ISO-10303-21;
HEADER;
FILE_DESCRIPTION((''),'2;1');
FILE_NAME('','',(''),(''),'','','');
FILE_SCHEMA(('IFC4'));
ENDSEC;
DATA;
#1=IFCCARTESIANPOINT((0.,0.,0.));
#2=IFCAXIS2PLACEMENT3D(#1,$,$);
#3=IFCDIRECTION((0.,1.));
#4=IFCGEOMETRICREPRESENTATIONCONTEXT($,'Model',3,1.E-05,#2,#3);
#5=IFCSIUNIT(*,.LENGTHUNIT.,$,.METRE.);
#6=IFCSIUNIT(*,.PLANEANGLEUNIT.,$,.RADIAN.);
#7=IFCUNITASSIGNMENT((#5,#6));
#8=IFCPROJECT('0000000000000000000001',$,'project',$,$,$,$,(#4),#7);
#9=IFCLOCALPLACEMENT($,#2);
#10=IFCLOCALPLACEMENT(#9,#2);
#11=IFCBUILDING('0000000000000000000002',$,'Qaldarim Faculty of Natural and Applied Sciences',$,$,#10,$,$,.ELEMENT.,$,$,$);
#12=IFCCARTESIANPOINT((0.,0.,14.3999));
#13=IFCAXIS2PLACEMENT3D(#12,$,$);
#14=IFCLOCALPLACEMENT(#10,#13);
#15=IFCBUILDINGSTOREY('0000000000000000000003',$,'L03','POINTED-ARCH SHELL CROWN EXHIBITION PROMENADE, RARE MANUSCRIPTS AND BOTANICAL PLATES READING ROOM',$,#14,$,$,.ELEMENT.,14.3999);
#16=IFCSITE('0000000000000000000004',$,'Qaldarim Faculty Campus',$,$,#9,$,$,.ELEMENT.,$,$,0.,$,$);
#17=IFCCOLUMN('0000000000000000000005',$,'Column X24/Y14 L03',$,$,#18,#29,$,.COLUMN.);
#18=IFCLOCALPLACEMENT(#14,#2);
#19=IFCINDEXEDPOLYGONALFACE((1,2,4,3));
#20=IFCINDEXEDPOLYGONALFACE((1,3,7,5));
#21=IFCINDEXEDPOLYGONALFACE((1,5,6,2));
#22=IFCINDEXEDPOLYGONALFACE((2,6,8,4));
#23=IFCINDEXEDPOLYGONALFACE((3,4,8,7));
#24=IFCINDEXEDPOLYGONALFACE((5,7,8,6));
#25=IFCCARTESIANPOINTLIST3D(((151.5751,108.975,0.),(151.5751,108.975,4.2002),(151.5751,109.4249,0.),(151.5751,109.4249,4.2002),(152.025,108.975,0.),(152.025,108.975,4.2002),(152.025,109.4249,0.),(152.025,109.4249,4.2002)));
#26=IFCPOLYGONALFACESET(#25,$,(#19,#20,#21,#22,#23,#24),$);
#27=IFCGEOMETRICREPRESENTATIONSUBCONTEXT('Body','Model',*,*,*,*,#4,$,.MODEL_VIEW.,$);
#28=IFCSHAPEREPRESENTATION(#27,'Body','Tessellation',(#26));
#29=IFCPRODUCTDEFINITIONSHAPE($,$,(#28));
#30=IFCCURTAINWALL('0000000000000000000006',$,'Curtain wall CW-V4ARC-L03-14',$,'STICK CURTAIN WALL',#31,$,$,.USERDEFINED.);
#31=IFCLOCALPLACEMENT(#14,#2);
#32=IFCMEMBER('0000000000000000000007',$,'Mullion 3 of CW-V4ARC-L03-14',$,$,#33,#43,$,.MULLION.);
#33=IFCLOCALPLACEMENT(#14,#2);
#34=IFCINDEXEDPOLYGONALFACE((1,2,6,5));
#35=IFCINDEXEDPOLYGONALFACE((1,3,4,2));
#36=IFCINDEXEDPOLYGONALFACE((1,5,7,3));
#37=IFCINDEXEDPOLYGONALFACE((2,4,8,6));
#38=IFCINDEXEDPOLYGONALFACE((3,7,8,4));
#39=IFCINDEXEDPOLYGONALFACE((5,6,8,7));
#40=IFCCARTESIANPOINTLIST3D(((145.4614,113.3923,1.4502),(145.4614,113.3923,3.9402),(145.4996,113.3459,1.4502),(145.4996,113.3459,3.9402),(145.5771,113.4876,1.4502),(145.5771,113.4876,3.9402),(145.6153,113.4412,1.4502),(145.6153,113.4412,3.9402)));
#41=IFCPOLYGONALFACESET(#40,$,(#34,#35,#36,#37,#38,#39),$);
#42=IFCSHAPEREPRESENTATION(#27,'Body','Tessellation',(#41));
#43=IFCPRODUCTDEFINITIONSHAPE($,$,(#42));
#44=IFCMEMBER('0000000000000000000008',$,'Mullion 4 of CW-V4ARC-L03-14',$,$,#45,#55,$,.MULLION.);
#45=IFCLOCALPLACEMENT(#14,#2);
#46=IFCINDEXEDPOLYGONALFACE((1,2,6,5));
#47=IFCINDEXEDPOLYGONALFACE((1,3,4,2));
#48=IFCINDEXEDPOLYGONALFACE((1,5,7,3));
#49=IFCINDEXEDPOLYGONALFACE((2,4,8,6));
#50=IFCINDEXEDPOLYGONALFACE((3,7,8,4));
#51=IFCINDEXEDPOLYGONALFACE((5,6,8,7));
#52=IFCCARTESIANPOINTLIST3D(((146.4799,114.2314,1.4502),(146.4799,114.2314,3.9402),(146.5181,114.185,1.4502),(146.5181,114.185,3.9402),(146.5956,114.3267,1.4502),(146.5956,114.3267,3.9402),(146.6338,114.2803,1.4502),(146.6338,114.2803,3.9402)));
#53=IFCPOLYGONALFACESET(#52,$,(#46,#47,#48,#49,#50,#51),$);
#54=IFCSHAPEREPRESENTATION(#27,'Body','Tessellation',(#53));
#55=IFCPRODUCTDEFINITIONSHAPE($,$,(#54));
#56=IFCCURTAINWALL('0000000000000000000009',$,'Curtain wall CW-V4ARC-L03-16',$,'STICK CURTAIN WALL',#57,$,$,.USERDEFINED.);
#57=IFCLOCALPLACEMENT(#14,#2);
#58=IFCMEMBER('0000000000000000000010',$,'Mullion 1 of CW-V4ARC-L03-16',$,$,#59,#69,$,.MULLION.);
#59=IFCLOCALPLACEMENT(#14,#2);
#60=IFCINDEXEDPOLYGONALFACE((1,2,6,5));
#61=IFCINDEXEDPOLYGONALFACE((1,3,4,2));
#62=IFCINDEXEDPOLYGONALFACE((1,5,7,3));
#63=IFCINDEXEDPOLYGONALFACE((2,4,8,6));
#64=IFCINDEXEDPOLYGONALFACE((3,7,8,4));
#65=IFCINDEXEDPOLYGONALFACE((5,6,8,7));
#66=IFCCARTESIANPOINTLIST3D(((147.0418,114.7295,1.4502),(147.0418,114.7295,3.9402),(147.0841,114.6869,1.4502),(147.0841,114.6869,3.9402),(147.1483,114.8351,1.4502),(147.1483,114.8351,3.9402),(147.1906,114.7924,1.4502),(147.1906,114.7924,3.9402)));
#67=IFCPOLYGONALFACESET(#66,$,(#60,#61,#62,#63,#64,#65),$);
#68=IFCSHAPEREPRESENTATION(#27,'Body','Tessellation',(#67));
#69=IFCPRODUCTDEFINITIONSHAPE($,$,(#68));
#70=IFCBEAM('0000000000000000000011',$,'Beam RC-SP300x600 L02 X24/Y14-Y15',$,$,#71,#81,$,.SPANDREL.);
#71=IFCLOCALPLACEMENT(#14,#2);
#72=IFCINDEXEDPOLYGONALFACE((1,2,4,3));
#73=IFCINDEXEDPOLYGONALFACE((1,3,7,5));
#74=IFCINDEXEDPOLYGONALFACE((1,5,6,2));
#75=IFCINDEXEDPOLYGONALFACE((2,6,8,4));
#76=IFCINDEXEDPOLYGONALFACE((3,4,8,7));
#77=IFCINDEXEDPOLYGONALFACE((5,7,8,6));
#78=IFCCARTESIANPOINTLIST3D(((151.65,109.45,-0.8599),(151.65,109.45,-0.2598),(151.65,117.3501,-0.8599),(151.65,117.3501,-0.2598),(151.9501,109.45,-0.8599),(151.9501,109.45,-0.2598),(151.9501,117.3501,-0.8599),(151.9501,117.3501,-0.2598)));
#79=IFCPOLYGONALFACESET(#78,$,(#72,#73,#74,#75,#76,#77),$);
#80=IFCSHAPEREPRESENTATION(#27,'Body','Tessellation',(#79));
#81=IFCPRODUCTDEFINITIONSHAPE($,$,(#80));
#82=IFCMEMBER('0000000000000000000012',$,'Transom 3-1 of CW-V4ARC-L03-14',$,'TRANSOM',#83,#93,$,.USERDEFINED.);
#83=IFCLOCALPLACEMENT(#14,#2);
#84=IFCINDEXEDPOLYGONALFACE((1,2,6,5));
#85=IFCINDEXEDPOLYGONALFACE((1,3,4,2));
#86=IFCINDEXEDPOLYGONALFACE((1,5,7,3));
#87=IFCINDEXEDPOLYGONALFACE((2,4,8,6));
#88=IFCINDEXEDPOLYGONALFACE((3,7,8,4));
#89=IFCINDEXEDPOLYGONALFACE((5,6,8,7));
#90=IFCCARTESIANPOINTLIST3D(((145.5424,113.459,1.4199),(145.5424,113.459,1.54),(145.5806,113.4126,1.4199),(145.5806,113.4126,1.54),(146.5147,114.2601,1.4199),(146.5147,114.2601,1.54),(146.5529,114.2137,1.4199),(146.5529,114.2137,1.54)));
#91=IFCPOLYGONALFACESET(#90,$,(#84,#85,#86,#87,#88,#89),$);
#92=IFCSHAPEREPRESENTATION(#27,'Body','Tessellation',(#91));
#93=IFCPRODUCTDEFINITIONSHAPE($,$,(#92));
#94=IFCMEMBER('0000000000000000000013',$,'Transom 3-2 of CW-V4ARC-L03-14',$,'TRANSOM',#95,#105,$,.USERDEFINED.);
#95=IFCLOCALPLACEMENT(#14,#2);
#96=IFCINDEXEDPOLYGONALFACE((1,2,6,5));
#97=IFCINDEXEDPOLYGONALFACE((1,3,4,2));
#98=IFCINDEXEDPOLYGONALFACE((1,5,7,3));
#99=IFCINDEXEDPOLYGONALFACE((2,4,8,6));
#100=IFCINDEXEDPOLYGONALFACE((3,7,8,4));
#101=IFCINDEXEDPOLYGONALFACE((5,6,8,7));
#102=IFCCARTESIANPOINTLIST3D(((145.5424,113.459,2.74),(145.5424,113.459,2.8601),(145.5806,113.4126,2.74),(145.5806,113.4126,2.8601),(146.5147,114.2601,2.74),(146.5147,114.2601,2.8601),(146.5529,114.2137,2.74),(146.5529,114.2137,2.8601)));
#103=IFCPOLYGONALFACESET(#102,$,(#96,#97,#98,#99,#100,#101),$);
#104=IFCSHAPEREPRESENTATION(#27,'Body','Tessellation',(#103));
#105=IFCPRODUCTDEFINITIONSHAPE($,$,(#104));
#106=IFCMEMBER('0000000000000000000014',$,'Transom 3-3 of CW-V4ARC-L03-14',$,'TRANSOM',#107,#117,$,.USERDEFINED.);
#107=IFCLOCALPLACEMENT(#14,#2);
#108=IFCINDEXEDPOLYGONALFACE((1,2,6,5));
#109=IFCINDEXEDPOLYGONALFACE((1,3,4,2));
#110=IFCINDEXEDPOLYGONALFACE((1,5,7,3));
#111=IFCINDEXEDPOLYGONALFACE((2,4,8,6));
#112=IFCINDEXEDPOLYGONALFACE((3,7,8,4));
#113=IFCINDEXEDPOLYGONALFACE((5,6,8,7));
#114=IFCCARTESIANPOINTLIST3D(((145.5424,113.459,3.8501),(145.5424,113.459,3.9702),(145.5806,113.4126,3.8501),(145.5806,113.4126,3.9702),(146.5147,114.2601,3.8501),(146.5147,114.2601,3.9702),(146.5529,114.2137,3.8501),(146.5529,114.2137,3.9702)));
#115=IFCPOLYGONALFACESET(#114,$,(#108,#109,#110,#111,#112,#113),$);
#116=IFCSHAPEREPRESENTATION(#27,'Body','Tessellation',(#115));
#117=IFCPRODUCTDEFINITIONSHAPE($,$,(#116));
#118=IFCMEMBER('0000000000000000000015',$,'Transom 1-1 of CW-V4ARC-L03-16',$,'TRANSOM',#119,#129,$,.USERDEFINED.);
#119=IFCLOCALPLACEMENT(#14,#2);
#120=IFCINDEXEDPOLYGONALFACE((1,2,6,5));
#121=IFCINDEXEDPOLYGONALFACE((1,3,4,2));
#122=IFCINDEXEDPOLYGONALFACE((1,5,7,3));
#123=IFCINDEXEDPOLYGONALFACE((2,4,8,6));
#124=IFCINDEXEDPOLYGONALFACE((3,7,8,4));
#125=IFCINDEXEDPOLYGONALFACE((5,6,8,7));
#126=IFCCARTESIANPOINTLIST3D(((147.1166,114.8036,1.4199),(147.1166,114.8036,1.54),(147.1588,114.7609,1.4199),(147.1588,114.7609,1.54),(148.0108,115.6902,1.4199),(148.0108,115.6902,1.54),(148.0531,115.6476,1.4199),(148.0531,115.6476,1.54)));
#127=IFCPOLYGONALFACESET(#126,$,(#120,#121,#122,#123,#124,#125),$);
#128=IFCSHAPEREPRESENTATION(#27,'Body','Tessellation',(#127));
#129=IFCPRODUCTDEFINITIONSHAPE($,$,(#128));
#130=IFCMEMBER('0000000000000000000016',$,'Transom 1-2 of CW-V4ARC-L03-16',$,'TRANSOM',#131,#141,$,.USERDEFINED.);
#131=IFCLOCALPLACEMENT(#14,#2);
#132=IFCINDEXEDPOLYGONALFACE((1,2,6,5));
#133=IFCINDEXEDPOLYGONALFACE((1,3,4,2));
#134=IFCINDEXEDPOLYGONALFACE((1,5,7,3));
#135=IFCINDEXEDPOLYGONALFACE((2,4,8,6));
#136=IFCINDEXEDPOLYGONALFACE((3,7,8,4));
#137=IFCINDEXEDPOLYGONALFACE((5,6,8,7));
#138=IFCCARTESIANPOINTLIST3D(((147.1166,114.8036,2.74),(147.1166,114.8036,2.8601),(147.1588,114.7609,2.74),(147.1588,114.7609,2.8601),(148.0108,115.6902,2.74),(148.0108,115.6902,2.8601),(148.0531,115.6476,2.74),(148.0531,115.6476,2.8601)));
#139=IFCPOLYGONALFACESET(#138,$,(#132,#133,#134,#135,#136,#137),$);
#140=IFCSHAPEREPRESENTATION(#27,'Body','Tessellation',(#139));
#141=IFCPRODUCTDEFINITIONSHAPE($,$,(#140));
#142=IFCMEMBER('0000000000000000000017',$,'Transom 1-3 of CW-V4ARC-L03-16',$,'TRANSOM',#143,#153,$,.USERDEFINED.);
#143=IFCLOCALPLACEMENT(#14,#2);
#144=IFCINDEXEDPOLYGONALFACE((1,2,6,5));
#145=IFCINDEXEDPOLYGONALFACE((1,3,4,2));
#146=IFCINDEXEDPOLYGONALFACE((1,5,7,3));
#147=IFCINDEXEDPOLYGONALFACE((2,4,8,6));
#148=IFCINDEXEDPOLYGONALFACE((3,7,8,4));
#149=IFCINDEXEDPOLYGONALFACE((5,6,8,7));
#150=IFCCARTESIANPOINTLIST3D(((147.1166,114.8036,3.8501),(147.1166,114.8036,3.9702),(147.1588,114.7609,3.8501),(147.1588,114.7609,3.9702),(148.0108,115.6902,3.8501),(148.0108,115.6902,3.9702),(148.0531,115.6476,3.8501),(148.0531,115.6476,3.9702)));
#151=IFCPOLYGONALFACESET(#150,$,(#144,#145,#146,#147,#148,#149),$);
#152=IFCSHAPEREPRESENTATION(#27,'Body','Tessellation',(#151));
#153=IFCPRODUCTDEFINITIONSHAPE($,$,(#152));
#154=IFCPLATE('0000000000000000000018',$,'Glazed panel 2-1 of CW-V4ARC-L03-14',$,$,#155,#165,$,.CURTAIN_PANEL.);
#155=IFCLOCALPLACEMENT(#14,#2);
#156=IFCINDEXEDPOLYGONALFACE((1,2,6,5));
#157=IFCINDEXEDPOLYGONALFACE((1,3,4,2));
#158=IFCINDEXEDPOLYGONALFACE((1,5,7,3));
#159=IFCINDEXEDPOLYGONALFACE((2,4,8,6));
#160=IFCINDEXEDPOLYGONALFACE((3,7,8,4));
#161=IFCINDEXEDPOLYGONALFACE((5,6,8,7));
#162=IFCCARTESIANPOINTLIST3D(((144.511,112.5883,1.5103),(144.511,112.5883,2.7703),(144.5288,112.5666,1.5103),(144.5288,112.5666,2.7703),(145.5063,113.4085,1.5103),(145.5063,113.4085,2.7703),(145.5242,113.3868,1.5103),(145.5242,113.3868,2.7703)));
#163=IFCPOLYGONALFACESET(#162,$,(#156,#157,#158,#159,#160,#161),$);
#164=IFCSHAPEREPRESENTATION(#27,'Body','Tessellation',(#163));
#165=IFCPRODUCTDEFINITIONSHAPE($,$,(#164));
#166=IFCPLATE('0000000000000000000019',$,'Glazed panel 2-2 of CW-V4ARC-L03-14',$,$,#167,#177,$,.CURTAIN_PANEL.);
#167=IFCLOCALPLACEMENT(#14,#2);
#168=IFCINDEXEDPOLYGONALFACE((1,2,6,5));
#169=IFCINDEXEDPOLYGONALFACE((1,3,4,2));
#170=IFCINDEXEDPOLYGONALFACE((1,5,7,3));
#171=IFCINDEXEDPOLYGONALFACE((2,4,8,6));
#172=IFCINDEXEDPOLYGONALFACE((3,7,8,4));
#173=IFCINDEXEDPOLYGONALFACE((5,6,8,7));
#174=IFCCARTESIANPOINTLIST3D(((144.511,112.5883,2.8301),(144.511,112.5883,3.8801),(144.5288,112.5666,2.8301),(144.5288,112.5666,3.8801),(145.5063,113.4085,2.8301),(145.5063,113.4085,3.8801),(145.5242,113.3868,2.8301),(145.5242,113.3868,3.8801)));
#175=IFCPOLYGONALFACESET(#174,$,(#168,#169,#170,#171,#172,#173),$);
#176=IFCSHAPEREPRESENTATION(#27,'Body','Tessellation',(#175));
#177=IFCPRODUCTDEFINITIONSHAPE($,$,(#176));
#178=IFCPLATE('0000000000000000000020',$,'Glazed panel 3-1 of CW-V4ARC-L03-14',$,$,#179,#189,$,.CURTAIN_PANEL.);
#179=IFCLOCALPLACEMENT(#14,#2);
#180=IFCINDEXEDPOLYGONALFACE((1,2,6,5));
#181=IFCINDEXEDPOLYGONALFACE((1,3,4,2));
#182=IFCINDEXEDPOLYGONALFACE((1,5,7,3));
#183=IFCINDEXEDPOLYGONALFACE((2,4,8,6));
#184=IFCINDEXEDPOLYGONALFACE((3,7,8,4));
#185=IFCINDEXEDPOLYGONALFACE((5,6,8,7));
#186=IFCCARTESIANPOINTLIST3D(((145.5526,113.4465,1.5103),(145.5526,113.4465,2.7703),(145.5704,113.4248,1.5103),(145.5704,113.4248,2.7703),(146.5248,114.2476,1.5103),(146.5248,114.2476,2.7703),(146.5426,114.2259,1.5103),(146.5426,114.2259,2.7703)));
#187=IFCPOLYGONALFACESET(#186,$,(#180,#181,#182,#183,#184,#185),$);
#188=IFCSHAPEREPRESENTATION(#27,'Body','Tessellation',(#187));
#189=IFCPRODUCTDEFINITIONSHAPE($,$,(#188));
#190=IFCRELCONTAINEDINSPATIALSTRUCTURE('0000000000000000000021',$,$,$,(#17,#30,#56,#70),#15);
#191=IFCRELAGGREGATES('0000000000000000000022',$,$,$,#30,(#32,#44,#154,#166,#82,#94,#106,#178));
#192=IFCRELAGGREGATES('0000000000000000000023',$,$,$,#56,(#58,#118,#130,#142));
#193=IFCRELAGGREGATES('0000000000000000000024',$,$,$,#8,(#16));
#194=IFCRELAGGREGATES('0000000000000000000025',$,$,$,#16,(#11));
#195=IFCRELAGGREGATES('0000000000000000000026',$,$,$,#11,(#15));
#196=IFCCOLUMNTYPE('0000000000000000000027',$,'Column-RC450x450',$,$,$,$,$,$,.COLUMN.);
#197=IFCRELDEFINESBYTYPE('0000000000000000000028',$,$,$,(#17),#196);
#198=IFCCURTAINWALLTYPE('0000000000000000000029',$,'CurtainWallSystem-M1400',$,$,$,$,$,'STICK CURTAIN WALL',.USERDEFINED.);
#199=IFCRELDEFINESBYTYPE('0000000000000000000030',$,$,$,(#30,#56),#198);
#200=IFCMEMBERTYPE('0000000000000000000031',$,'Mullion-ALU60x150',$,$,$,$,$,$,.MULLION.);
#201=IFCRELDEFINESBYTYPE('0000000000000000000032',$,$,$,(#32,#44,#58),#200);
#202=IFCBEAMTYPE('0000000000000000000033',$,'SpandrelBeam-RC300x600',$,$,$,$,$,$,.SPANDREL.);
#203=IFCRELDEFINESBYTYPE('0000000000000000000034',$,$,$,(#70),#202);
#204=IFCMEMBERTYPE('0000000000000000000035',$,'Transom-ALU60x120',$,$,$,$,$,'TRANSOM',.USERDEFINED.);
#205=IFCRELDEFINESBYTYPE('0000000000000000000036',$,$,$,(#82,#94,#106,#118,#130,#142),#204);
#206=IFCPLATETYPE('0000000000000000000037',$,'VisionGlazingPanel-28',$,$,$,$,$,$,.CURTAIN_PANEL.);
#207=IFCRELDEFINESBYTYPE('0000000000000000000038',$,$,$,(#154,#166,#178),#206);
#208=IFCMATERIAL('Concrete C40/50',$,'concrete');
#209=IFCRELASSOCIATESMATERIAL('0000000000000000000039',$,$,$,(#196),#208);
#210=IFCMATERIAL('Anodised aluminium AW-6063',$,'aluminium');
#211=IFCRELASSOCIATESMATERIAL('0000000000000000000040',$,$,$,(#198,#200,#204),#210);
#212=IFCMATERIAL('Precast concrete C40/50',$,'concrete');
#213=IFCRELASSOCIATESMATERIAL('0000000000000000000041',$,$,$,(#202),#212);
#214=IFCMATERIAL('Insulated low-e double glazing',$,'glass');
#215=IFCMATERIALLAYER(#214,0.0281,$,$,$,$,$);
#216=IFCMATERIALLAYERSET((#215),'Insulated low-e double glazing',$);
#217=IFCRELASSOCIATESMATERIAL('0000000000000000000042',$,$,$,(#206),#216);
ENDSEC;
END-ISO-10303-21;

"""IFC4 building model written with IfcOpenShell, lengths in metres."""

from ifc_helpers import new_model, si_unit, direction, frame, origin, origin_2d, place, context, subcontext, project, spatial, rectangle, extrude, material, layer, layer_set, material_profile, profile_set, type_object, element, aggregate, save


model = new_model("IFC4")

# Units and contexts
model_context = context("Model", 3, precision=1e-05, world=origin(), true_north=direction((0.0, 1.0)))
body_context = subcontext(model_context, "Body", "Model", "MODEL_VIEW")
ifc_project = project(units=[si_unit("LENGTHUNIT", "METRE"), si_unit("PLANEANGLEUNIT", "RADIAN")], contexts=[model_context])

# Site, building, storey
site_placement = place(None, origin())
site = spatial("IfcSite", under=ifc_project, at=site_placement, Name="Qaldarim Faculty Campus", CompositionType="ELEMENT", RefElevation=0.0)
building_placement = place(site_placement, origin())
building = spatial("IfcBuilding", under=site, at=building_placement, Name="Qaldarim Faculty of Natural and Applied Sciences", CompositionType="ELEMENT")
storey_placement = place(building_placement, frame((0.0, 0.0, 14.3999)))
storey = spatial("IfcBuildingStorey", under=building, at=storey_placement, Name="L03", Description="POINTED-ARCH SHELL CROWN EXHIBITION PROMENADE, RARE MANUSCRIPTS AND BOTANICAL PLATES READING ROOM", CompositionType="ELEMENT", Elevation=14.3999)

# Column
ifc_material_1 = material(Name="Concrete C40/50", Category="concrete")
ifc_material_profile_1 = material_profile(ifc_material_1, rectangle(XDim=0.45, YDim=0.45, at=origin_2d()), Name="RC-C450x450")
ifc_profile_set_1 = profile_set([ifc_material_profile_1], Name="Concrete C40/50")
column_type = type_object("IfcColumnType", Name="Column-RC450x450", PredefinedType="COLUMN", material=ifc_profile_set_1)
column_placement = place(storey_placement, frame((151.8, 109.2, 0.0), z_axis=(0.0, 0.0, 1.0), x_axis=(1.0, 0.0, 0.0)))
element("IfcColumn", 1, at=column_placement, inside=storey, type_object=column_type, Name="Column X24/Y14 L03", PredefinedType="COLUMN", context=body_context, shape_type="SweptSolid", body=[
    extrude(rectangle(XDim=0.45, YDim=0.45, at=origin_2d()), origin(), (0.0, 0.0, 1.0), 4.2002),
])

# Curtain wall, members
ifc_material_2 = material(Name="Anodised aluminium AW-6063", Category="aluminium")
curtain_wall_type = type_object("IfcCurtainWallType", Name="CurtainWallSystem-M1400", ElementType="STICK CURTAIN WALL", PredefinedType="USERDEFINED", material=ifc_material_2)
curtain_wall_1_placement = place(storey_placement, origin())
curtain_wall_1 = element("IfcCurtainWall", 2, at=curtain_wall_1_placement, inside=storey, type_object=curtain_wall_type, Name="Curtain wall CW-V4ARC-L03-14", ObjectType="STICK CURTAIN WALL", PredefinedType="USERDEFINED")
ifc_material_profile_2 = material_profile(ifc_material_2, rectangle(XDim=0.0601, YDim=0.1499, at=origin_2d()), Name="ALU-M60x150")
ifc_profile_set_2 = profile_set([ifc_material_profile_2], Name="Anodised aluminium AW-6063")
member_type_1 = type_object("IfcMemberType", Name="Mullion-ALU60x150", PredefinedType="MULLION", material=ifc_profile_set_2)
member_1_placement = place(storey_placement, frame((145.5383, 113.4167, 1.4502), z_axis=(0.0, 0.0, 1.0), x_axis=(-0.63593, 0.771747, 0.0)))
member_1 = element("IfcMember", 3, at=member_1_placement, type_object=member_type_1, Name="Mullion 3 of CW-V4ARC-L03-14", PredefinedType="MULLION", context=body_context, shape_type="SweptSolid", body=[
    extrude(rectangle(XDim=0.0601, YDim=0.1499, at=origin_2d()), origin(), (0.0, 0.0, 1.0), 2.49),
])
member_2_placement = place(storey_placement, frame((146.5569, 114.2559, 1.4502), z_axis=(0.0, 0.0, 1.0), x_axis=(-0.63593, 0.771747, 0.0)))
member_2 = element("IfcMember", 4, at=member_2_placement, type_object=member_type_1, Name="Mullion 4 of CW-V4ARC-L03-14", PredefinedType="MULLION", context=body_context, shape_type="SweptSolid", body=[
    extrude(rectangle(XDim=0.0601, YDim=0.1499, at=origin_2d()), origin(), (0.0, 0.0, 1.0), 2.49),
])

# Curtain wall, member
curtain_wall_2_placement = place(storey_placement, origin())
curtain_wall_2 = element("IfcCurtainWall", 5, at=curtain_wall_2_placement, inside=storey, type_object=curtain_wall_type, Name="Curtain wall CW-V4ARC-L03-16", ObjectType="STICK CURTAIN WALL", PredefinedType="USERDEFINED")
member_3_placement = place(storey_placement, frame((147.1162, 114.761, 1.4502), z_axis=(0.0, 0.0, 1.0), x_axis=(-0.704015, 0.710185, 0.0)))
member_3 = element("IfcMember", 6, at=member_3_placement, type_object=member_type_1, Name="Mullion 1 of CW-V4ARC-L03-16", PredefinedType="MULLION", context=body_context, shape_type="SweptSolid", body=[
    extrude(rectangle(XDim=0.0601, YDim=0.1499, at=origin_2d()), origin(), (0.0, 0.0, 1.0), 2.49),
])

# Beam
ifc_material_3 = material(Name="Precast concrete C40/50", Category="concrete")
ifc_material_profile_3 = material_profile(ifc_material_3, rectangle(XDim=0.3, YDim=0.6001, at=origin_2d()), Name="RC-SP300x600")
ifc_profile_set_3 = profile_set([ifc_material_profile_3], Name="Precast concrete C40/50")
beam_type = type_object("IfcBeamType", Name="SpandrelBeam-RC300x600", PredefinedType="SPANDREL", material=ifc_profile_set_3)
beam_placement = place(storey_placement, frame((151.8, 109.45, -0.5598), z_axis=(0.0, 1.0, 0.0), x_axis=(-1.0, 0.0, 0.0)))
element("IfcBeam", 7, at=beam_placement, inside=storey, type_object=beam_type, Name="Beam RC-SP300x600 L02 X24/Y14-Y15", PredefinedType="SPANDREL", context=body_context, shape_type="SweptSolid", body=[
    extrude(rectangle(XDim=0.3, YDim=0.6001, at=origin_2d()), origin(), (0.0, 0.0, 1.0), 7.9001),
])

# Members
ifc_material_profile_4 = material_profile(ifc_material_2, rectangle(XDim=0.0601, YDim=0.1201, at=origin_2d()), Name="ALU-T60x120")
ifc_profile_set_4 = profile_set([ifc_material_profile_4], Name="Anodised aluminium AW-6063")
member_type_2 = type_object("IfcMemberType", Name="Transom-ALU60x120", ElementType="TRANSOM", PredefinedType="USERDEFINED", material=ifc_profile_set_4)
member_4_placement = place(storey_placement, frame((145.5615, 113.4358, 1.48), z_axis=(0.771768, 0.635904, 0.0), x_axis=(-0.635904, 0.771768, 0.0)))
member_4 = element("IfcMember", 8, at=member_4_placement, type_object=member_type_2, Name="Transom 3-1 of CW-V4ARC-L03-14", ObjectType="TRANSOM", PredefinedType="USERDEFINED", context=body_context, shape_type="SweptSolid", body=[
    extrude(rectangle(XDim=0.0601, YDim=0.1201, at=origin_2d()), origin(), (0.0, 0.0, 1.0), 1.2598),
])
member_5_placement = place(storey_placement, frame((145.5615, 113.4358, 2.8), z_axis=(0.771768, 0.635904, 0.0), x_axis=(-0.635904, 0.771768, 0.0)))
member_5 = element("IfcMember", 9, at=member_5_placement, type_object=member_type_2, Name="Transom 3-2 of CW-V4ARC-L03-14", ObjectType="TRANSOM", PredefinedType="USERDEFINED", context=body_context, shape_type="SweptSolid", body=[
    extrude(rectangle(XDim=0.0601, YDim=0.1201, at=origin_2d()), origin(), (0.0, 0.0, 1.0), 1.2598),
])
member_6_placement = place(storey_placement, frame((145.5615, 113.4358, 3.9102), z_axis=(0.771768, 0.635904, 0.0), x_axis=(-0.635904, 0.771768, 0.0)))
member_6 = element("IfcMember", 10, at=member_6_placement, type_object=member_type_2, Name="Transom 3-3 of CW-V4ARC-L03-14", ObjectType="TRANSOM", PredefinedType="USERDEFINED", context=body_context, shape_type="SweptSolid", body=[
    extrude(rectangle(XDim=0.0601, YDim=0.1201, at=origin_2d()), origin(), (0.0, 0.0, 1.0), 1.2598),
])
member_7_placement = place(storey_placement, frame((147.1377, 114.7822, 1.48), z_axis=(0.710105, 0.704096, 0.0), x_axis=(-0.704096, 0.710105, 0.0)))
member_7 = element("IfcMember", 11, at=member_7_placement, type_object=member_type_2, Name="Transom 1-1 of CW-V4ARC-L03-16", ObjectType="TRANSOM", PredefinedType="USERDEFINED", context=body_context, shape_type="SweptSolid", body=[
    extrude(rectangle(XDim=0.0601, YDim=0.1201, at=origin_2d()), origin(), (0.0, 0.0, 1.0), 1.2593),
])
member_8_placement = place(storey_placement, frame((147.1377, 114.7822, 2.8), z_axis=(0.710105, 0.704096, 0.0), x_axis=(-0.704096, 0.710105, 0.0)))
member_8 = element("IfcMember", 12, at=member_8_placement, type_object=member_type_2, Name="Transom 1-2 of CW-V4ARC-L03-16", ObjectType="TRANSOM", PredefinedType="USERDEFINED", context=body_context, shape_type="SweptSolid", body=[
    extrude(rectangle(XDim=0.0601, YDim=0.1201, at=origin_2d()), origin(), (0.0, 0.0, 1.0), 1.2593),
])
member_9_placement = place(storey_placement, frame((147.1377, 114.7822, 3.9102), z_axis=(0.710105, 0.704096, 0.0), x_axis=(-0.704096, 0.710105, 0.0)))
member_9 = element("IfcMember", 13, at=member_9_placement, type_object=member_type_2, Name="Transom 1-3 of CW-V4ARC-L03-16", ObjectType="TRANSOM", PredefinedType="USERDEFINED", context=body_context, shape_type="SweptSolid", body=[
    extrude(rectangle(XDim=0.0601, YDim=0.1201, at=origin_2d()), origin(), (0.0, 0.0, 1.0), 1.2593),
])

# Plates
ifc_material_4 = material(Name="Insulated low-e double glazing", Category="glass")
ifc_layer_1 = layer(ifc_material_4, 0.0281)
ifc_layer_set_1 = layer_set([ifc_layer_1], Name="Insulated low-e double glazing")
plate_type = type_object("IfcPlateType", Name="VisionGlazingPanel-28", PredefinedType="CURTAIN_PANEL", material=ifc_layer_set_1)
plate_1_placement = place(storey_placement, frame((145.0176, 112.9875, 1.5103), z_axis=(0.0, 0.0, 1.0), x_axis=(0.771747, 0.63593, 0.0)))
plate_1 = element("IfcPlate", 14, at=plate_1_placement, type_object=plate_type, Name="Glazed panel 2-1 of CW-V4ARC-L03-14", PredefinedType="CURTAIN_PANEL", context=body_context, shape_type="SweptSolid", body=[
    extrude(rectangle(XDim=1.2898, YDim=0.0281, at=origin_2d()), origin(), (0.0, 0.0, 1.0), 1.26),
])
plate_2_placement = place(storey_placement, frame((145.0176, 112.9875, 2.8301), z_axis=(0.0, 0.0, 1.0), x_axis=(0.771747, 0.63593, 0.0)))
plate_2 = element("IfcPlate", 15, at=plate_2_placement, type_object=plate_type, Name="Glazed panel 2-2 of CW-V4ARC-L03-14", PredefinedType="CURTAIN_PANEL", context=body_context, shape_type="SweptSolid", body=[
    extrude(rectangle(XDim=1.2898, YDim=0.0281, at=origin_2d()), origin(), (0.0, 0.0, 1.0), 1.05),
])
plate_3_placement = place(storey_placement, frame((146.0476, 113.8362, 1.5103), z_axis=(0.0, 0.0, 1.0), x_axis=(0.771747, 0.63593, 0.0)))
plate_3 = element("IfcPlate", 16, at=plate_3_placement, type_object=plate_type, Name="Glazed panel 3-1 of CW-V4ARC-L03-14", PredefinedType="CURTAIN_PANEL", context=body_context, shape_type="SweptSolid", body=[
    extrude(rectangle(XDim=1.2598, YDim=0.0281, at=origin_2d()), origin(), (0.0, 0.0, 1.0), 1.26),
])
aggregate(curtain_wall_1, [member_1, member_2, plate_1, plate_2, member_4, member_5, member_6, plate_3])
aggregate(curtain_wall_2, [member_3, member_7, member_8, member_9])

save(model, "model.ifc")
